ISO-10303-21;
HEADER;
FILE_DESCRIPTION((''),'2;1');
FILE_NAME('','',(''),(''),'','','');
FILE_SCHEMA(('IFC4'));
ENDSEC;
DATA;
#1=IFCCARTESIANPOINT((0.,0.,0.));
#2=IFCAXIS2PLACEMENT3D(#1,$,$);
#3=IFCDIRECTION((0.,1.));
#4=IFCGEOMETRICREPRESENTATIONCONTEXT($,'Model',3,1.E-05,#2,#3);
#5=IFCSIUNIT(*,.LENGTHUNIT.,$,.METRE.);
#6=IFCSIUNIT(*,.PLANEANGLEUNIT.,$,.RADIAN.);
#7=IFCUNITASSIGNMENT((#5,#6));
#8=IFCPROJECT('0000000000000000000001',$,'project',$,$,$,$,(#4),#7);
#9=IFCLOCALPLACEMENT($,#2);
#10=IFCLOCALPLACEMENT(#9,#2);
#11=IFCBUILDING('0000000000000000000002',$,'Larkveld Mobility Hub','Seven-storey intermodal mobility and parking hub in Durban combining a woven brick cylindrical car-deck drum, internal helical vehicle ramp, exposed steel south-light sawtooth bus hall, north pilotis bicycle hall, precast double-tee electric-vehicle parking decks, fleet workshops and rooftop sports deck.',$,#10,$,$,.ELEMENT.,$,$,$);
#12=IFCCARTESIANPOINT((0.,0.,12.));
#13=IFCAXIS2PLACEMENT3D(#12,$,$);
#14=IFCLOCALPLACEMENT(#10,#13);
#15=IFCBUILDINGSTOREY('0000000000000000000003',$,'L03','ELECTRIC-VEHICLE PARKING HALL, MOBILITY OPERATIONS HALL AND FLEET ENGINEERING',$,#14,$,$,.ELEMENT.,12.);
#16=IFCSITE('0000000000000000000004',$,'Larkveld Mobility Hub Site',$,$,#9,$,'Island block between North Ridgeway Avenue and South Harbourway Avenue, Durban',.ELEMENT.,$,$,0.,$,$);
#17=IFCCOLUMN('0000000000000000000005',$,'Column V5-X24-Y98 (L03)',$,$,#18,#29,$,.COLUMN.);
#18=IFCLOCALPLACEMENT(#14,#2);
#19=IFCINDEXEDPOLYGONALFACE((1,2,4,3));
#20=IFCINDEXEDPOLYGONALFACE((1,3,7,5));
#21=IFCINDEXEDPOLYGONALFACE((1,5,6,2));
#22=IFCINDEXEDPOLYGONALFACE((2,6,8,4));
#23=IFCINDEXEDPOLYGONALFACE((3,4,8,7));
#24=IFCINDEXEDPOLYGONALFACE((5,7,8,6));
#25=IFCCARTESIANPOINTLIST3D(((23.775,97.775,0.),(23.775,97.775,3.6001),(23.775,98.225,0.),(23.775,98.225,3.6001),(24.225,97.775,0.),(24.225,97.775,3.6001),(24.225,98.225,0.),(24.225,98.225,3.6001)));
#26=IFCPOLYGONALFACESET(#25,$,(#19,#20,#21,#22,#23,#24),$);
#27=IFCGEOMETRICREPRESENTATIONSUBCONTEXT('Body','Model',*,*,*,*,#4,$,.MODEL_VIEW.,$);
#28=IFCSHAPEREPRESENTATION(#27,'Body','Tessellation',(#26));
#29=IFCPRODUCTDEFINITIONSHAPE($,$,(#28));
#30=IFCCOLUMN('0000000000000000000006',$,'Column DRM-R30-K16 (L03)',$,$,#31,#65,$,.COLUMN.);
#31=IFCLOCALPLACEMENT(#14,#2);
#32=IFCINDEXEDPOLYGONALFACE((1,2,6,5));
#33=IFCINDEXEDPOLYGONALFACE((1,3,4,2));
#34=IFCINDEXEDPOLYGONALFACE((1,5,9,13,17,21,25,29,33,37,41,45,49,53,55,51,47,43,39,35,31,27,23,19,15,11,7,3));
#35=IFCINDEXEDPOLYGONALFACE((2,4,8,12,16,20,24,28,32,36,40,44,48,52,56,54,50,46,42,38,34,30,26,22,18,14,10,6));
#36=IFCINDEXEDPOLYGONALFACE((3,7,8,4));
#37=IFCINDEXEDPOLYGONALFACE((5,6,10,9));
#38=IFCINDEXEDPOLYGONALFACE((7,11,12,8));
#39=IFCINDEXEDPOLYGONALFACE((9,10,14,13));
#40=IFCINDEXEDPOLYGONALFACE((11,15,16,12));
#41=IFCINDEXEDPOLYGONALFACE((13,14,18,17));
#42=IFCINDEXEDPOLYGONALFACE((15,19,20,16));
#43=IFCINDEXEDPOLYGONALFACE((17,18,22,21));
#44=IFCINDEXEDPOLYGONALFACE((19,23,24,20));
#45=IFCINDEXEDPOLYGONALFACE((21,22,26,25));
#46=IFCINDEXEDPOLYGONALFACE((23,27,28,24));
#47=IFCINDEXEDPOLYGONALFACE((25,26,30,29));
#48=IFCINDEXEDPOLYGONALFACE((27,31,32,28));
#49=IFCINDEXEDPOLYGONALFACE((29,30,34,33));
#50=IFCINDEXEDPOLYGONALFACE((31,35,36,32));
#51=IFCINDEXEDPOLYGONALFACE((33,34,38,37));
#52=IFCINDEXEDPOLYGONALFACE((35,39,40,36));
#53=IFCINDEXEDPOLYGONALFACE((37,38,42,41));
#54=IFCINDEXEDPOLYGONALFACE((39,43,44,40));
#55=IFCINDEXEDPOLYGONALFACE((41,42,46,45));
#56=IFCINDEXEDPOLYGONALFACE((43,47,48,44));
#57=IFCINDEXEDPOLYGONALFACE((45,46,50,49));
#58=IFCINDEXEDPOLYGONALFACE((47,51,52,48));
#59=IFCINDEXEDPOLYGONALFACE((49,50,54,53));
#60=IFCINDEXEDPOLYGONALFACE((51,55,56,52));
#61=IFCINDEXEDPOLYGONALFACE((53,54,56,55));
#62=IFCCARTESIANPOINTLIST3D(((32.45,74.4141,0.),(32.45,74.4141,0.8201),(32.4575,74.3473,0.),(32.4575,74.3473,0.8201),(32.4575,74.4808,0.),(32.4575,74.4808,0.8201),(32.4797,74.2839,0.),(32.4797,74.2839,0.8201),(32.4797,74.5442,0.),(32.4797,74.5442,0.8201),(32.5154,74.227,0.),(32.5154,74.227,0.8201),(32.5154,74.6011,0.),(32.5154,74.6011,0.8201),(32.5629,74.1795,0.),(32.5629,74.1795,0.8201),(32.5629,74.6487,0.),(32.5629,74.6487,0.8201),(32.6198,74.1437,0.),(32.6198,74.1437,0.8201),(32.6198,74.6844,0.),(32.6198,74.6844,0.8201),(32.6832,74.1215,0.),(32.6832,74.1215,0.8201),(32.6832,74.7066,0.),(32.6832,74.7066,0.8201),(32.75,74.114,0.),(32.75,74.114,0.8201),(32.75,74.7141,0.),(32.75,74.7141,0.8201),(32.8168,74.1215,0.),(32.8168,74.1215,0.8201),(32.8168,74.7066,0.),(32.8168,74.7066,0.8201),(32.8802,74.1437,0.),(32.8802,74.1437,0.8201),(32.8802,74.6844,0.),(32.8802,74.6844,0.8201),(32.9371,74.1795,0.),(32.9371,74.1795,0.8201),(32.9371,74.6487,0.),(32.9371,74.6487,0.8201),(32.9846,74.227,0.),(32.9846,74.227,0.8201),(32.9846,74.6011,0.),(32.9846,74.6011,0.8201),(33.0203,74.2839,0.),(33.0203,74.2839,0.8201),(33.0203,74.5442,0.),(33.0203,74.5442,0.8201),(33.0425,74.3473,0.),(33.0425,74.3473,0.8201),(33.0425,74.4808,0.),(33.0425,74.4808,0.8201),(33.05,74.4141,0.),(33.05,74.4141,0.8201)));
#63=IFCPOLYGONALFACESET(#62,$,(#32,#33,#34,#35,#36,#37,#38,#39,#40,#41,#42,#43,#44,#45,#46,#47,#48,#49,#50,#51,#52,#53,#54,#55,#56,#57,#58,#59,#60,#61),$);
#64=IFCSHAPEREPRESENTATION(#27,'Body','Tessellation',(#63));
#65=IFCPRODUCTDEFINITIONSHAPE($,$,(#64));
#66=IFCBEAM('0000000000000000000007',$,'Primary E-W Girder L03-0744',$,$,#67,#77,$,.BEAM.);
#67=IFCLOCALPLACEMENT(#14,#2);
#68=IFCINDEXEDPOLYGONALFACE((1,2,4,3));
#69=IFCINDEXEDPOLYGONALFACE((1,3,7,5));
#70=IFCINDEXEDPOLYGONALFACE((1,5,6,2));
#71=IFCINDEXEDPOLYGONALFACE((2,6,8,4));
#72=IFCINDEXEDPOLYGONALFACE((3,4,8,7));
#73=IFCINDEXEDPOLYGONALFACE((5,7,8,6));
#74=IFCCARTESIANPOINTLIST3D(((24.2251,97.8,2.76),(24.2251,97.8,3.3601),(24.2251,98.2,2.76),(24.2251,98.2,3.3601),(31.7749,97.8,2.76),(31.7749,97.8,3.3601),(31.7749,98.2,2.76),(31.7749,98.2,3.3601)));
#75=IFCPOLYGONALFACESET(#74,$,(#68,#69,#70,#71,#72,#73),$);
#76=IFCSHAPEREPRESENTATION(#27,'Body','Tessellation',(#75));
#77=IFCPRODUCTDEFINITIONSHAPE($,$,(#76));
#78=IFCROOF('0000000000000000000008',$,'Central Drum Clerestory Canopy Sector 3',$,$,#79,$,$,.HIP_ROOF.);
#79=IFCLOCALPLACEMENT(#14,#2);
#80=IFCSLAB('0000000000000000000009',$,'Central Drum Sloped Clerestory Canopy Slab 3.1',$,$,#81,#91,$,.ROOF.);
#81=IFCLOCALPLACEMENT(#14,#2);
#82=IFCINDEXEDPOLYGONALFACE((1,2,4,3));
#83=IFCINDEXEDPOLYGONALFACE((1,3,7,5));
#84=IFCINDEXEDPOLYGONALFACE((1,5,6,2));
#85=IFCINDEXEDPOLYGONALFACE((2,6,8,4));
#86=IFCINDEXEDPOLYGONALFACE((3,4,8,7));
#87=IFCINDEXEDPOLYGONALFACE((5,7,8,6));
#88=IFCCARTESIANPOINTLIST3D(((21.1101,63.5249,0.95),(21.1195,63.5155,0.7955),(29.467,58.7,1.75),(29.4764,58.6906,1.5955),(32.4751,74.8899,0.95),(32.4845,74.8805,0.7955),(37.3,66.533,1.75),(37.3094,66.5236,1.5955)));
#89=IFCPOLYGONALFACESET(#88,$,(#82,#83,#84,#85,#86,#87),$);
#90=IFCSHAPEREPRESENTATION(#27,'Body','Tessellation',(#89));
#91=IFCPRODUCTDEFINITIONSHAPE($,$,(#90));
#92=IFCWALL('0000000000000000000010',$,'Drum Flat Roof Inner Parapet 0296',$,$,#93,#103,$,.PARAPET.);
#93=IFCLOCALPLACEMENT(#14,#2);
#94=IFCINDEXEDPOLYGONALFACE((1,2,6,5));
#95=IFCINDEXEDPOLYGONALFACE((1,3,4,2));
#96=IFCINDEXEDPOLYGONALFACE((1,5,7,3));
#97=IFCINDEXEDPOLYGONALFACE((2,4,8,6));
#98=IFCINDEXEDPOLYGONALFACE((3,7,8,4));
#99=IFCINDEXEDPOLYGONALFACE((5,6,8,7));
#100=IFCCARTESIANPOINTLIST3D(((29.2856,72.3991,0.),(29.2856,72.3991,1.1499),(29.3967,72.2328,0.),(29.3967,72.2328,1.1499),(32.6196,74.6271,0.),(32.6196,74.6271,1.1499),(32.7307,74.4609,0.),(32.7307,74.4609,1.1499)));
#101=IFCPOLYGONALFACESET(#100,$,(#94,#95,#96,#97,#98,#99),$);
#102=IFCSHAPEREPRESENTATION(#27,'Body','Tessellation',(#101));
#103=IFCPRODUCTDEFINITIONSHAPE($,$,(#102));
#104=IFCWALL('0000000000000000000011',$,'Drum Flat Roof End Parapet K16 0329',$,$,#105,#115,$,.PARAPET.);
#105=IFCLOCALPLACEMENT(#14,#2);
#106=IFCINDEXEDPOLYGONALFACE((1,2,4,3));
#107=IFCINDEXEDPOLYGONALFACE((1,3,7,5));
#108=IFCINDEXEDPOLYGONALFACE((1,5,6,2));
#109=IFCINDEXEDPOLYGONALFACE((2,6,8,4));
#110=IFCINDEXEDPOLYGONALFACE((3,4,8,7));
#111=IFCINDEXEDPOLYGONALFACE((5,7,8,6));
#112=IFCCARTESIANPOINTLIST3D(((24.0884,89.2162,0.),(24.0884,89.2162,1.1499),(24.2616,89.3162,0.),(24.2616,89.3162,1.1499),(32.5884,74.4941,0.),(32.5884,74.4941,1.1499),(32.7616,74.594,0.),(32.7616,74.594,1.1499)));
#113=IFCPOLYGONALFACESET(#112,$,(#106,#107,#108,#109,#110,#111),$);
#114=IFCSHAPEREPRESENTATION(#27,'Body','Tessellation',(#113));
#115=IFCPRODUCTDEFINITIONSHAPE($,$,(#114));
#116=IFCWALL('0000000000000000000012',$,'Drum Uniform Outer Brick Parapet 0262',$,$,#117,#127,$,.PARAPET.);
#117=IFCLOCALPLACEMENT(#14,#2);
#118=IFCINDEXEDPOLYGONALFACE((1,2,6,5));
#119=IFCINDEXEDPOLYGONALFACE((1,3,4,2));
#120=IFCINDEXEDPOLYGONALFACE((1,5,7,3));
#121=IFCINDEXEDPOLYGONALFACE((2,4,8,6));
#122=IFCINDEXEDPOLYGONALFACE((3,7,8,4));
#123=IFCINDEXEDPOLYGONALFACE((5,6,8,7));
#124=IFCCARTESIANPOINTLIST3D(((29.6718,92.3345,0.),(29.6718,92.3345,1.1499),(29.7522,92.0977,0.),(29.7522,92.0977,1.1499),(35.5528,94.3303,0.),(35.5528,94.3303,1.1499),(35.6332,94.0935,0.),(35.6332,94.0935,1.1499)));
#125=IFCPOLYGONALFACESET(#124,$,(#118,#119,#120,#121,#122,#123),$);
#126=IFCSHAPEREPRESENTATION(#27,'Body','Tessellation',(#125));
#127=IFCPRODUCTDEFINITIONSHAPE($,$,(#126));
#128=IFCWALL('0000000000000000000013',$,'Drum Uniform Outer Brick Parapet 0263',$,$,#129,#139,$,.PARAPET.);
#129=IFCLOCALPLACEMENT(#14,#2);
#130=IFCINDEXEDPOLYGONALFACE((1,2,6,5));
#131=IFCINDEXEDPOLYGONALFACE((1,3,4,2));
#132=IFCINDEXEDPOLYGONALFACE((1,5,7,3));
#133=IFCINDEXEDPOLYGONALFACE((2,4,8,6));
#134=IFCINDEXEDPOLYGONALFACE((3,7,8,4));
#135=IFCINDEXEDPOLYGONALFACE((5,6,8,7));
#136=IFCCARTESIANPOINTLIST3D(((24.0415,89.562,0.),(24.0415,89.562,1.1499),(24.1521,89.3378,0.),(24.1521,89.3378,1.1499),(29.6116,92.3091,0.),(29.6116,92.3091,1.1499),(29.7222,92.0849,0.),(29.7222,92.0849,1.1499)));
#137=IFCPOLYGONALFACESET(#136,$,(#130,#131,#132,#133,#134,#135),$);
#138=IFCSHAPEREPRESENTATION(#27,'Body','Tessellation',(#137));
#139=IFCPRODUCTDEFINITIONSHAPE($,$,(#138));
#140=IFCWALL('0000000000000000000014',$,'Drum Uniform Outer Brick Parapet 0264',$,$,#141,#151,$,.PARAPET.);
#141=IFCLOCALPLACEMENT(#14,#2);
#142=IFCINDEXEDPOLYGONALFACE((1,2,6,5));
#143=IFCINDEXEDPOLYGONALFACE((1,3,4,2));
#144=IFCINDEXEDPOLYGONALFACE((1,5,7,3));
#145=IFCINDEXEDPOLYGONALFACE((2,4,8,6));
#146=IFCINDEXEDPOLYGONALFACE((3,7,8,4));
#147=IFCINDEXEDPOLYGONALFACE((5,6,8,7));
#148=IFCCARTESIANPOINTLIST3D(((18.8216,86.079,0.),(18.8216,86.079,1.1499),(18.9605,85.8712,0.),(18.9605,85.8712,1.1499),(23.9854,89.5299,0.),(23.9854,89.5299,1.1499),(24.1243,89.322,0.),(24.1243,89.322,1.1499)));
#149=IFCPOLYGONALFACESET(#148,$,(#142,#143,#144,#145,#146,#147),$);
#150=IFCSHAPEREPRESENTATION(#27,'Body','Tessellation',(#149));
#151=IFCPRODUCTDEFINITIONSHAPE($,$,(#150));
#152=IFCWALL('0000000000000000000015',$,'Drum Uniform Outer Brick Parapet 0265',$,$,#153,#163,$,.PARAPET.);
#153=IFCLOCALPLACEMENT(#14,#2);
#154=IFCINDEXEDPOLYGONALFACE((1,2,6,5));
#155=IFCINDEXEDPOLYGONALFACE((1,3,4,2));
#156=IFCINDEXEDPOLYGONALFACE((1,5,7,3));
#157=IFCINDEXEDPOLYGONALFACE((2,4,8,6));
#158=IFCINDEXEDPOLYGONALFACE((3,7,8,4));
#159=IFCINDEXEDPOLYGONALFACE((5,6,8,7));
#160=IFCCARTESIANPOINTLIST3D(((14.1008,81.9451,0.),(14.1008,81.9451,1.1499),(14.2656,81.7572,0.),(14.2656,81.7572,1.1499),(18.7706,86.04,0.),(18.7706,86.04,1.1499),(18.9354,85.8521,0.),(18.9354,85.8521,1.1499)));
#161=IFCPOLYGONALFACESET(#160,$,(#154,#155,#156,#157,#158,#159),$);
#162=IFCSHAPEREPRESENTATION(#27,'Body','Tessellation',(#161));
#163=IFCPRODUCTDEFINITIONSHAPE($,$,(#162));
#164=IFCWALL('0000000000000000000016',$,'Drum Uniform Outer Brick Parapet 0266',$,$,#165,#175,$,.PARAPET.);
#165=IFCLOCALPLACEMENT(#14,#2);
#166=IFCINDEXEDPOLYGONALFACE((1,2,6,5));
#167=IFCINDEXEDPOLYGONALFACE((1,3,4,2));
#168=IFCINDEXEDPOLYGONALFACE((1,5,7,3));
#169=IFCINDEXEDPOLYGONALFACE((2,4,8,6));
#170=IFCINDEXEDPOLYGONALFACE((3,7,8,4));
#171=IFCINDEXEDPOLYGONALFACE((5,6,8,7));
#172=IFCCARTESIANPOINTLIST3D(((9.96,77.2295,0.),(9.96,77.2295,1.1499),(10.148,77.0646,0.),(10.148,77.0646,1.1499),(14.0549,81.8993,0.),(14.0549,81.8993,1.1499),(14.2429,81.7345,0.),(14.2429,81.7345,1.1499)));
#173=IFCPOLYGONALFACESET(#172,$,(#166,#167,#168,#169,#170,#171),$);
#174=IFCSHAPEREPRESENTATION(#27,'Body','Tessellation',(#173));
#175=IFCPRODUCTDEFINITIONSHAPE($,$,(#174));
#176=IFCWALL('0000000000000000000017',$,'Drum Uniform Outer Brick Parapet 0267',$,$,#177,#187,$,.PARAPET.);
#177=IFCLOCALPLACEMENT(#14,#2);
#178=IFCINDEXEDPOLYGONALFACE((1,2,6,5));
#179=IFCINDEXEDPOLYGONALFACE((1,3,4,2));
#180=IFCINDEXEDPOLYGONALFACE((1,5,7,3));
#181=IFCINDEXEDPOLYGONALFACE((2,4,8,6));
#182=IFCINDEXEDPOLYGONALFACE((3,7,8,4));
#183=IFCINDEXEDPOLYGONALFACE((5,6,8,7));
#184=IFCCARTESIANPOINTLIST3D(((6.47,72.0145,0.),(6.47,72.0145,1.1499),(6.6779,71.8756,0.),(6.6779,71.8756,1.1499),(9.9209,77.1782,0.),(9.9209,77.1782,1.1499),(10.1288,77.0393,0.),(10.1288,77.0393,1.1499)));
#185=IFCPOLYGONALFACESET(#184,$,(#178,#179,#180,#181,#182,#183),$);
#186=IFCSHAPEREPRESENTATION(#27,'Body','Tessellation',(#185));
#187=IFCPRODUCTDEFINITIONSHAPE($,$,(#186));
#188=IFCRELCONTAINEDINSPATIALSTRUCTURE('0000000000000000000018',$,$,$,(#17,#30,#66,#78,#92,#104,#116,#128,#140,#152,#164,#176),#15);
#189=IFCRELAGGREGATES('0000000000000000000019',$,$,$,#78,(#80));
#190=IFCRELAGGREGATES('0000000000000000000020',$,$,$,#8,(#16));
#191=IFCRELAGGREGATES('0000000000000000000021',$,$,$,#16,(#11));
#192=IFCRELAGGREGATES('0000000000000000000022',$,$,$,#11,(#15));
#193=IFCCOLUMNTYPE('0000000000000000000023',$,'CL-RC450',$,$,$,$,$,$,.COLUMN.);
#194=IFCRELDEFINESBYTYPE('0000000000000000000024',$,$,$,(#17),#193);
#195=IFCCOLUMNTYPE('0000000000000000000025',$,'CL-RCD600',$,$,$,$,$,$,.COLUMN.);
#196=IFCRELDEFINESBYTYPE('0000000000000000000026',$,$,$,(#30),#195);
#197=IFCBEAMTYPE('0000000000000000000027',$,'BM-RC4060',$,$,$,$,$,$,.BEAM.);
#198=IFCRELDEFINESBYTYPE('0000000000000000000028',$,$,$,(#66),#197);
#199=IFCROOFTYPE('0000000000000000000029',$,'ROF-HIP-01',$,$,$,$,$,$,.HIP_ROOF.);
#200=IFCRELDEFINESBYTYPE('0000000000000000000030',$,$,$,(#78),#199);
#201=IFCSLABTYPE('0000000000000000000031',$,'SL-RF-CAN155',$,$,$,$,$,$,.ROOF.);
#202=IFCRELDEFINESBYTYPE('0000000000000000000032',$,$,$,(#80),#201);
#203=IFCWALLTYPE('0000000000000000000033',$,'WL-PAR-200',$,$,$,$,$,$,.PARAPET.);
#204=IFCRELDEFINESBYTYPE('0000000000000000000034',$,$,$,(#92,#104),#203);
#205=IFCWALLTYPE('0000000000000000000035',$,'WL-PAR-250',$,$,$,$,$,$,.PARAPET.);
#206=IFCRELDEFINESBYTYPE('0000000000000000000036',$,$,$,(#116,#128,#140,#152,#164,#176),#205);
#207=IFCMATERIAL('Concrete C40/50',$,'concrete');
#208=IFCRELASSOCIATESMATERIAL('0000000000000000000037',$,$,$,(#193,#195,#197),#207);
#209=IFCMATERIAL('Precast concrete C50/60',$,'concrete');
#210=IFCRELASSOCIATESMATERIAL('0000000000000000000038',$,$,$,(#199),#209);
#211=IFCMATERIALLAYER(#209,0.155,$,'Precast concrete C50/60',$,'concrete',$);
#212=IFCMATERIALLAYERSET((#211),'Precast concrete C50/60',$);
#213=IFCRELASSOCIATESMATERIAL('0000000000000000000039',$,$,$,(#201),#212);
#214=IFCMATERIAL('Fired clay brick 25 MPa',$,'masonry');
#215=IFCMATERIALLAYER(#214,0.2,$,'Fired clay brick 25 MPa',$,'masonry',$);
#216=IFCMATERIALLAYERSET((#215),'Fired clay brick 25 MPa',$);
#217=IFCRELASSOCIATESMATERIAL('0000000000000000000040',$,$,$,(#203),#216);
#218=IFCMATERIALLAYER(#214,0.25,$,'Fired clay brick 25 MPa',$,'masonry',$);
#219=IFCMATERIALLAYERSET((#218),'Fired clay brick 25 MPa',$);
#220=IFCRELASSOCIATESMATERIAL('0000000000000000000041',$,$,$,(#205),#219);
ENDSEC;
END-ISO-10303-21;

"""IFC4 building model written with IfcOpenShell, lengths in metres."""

from ifc_helpers import new_model, si_unit, direction, frame, frame_2d, origin, origin_2d, place, context, subcontext, project, spatial, polyline, rectangle, circle, outline, extrude, material, layer, layer_set, material_profile, profile_set, type_object, element, aggregate, save


model = new_model("IFC4")

# Units and contexts
model_context = context("Model", 3, precision=1e-05, world=origin(), true_north=direction((0.0, 1.0)))
body_context = subcontext(model_context, "Body", "Model", "MODEL_VIEW")
ifc_project = project(units=[si_unit("LENGTHUNIT", "METRE"), si_unit("PLANEANGLEUNIT", "RADIAN")], contexts=[model_context])

# Site, building, storey
site_placement = place(None, origin())
site = spatial("IfcSite", under=ifc_project, at=site_placement, Name="Larkveld Mobility Hub Site", LongName="Island block between North Ridgeway Avenue and South Harbourway Avenue, Durban", CompositionType="ELEMENT", RefElevation=0.0)
building_placement = place(site_placement, origin())
building = spatial("IfcBuilding", under=site, at=building_placement, Name="Larkveld Mobility Hub", Description="Seven-storey intermodal mobility and parking hub in Durban combining a woven brick cylindrical car-deck drum, internal helical vehicle ramp, exposed steel south-light sawtooth bus hall, north pilotis bicycle hall, precast double-tee electric-vehicle parking decks, fleet workshops and rooftop sports deck.", CompositionType="ELEMENT")
storey_placement = place(building_placement, frame((0.0, 0.0, 12.0)))
storey = spatial("IfcBuildingStorey", under=building, at=storey_placement, Name="L03", Description="ELECTRIC-VEHICLE PARKING HALL, MOBILITY OPERATIONS HALL AND FLEET ENGINEERING", CompositionType="ELEMENT", Elevation=12.0)

# Columns
ifc_material_1 = material(Name="Concrete C40/50", Category="concrete")
ifc_material_profile_1 = material_profile(ifc_material_1, rectangle(XDim=0.45, YDim=0.45, at=origin_2d()), Name="RC COL 450x450")
ifc_profile_set_1 = profile_set([ifc_material_profile_1], Name="Concrete C40/50")
column_type_1 = type_object("IfcColumnType", Name="CL-RC450", PredefinedType="COLUMN", material=ifc_profile_set_1)
column_1_placement = place(storey_placement, frame((24.0, 98.0, 0.0), z_axis=(0.0, 0.0, 1.0), x_axis=(1.0, 0.0, 0.0)))
element("IfcColumn", 1, at=column_1_placement, inside=storey, type_object=column_type_1, Name="Column V5-X24-Y98 (L03)", PredefinedType="COLUMN", context=body_context, shape_type="SweptSolid", body=[
    extrude(rectangle(XDim=0.45, YDim=0.45, at=origin_2d()), origin(), (0.0, 0.0, 1.0), 3.6001),
])
ifc_material_profile_2 = material_profile(ifc_material_1, circle(Radius=0.3, at=origin_2d()), Name="RC COL D600")
ifc_profile_set_2 = profile_set([ifc_material_profile_2], Name="Concrete C40/50")
column_type_2 = type_object("IfcColumnType", Name="CL-RCD600", PredefinedType="COLUMN", material=ifc_profile_set_2)
column_2_placement = place(storey_placement, frame((32.75, 74.4141, 0.0), z_axis=(0.0, 0.0, 1.0), x_axis=(1.0, 0.0, 0.0)))
element("IfcColumn", 2, at=column_2_placement, inside=storey, type_object=column_type_2, Name="Column DRM-R30-K16 (L03)", PredefinedType="COLUMN", context=body_context, shape_type="SweptSolid", body=[
    extrude(circle(Radius=0.3, at=origin_2d()), origin(), (0.0, 0.0, 1.0), 0.8201),
])

# Beam
ifc_material_profile_3 = material_profile(ifc_material_1, rectangle(XDim=0.3999, YDim=0.6001, at=origin_2d()), Name="RC BM 400x600")
ifc_profile_set_3 = profile_set([ifc_material_profile_3], Name="Concrete C40/50")
beam_type = type_object("IfcBeamType", Name="BM-RC4060", PredefinedType="BEAM", material=ifc_profile_set_3)
beam_placement = place(storey_placement, frame((24.2251, 98.0, 3.0601), z_axis=(1.0, 0.0, 0.0), x_axis=(0.0, 1.0, 0.0)))
element("IfcBeam", 3, at=beam_placement, inside=storey, type_object=beam_type, Name="Primary E-W Girder L03-0744", PredefinedType="BEAM", context=body_context, shape_type="SweptSolid", body=[
    extrude(rectangle(XDim=0.3999, YDim=0.6001, at=origin_2d()), origin(), (0.0, 0.0, 1.0), 7.5498),
])

# Roof, slab
ifc_material_2 = material(Name="Precast concrete C50/60", Category="concrete")
roof_type = type_object("IfcRoofType", Name="ROF-HIP-01", PredefinedType="HIP_ROOF", material=ifc_material_2)
roof_placement = place(storey_placement, origin())
roof = element("IfcRoof", 4, at=roof_placement, inside=storey, type_object=roof_type, Name="Central Drum Clerestory Canopy Sector 3", PredefinedType="HIP_ROOF")
ifc_layer_1 = layer(ifc_material_2, 0.155, Name="Precast concrete C50/60", Category="concrete")
ifc_layer_set_1 = layer_set([ifc_layer_1], Name="Precast concrete C50/60")
slab_type = type_object("IfcSlabType", Name="SL-RF-CAN155", PredefinedType="ROOF", material=ifc_layer_set_1)
slab_placement = place(storey_placement, frame((32.4751, 74.8899, 0.95), z_axis=(-0.060471, 0.060471, 0.996337), x_axis=(-0.707107, -0.707107, 0.0)))
slab = element("IfcSlab", 5, at=slab_placement, type_object=slab_type, Name="Central Drum Sloped Clerestory Canopy Slab 3.1", PredefinedType="ROOF", context=body_context, shape_type="SweptSolid", body=[
    extrude(outline(polyline([(0.0, 0.0), (16.0725, 0.0), (13.575, 9.3553), (2.4975, 9.3553), (0.0, 0.0)])), origin(), (0.0, 0.0, -1.0), 0.155),
])
aggregate(roof, [slab])

# Walls
ifc_material_3 = material(Name="Fired clay brick 25 MPa", Category="masonry")
ifc_layer_2 = layer(ifc_material_3, 0.2, Name="Fired clay brick 25 MPa", Category="masonry")
ifc_layer_set_2 = layer_set([ifc_layer_2], Name="Fired clay brick 25 MPa")
wall_type_1 = type_object("IfcWallType", Name="WL-PAR-200", PredefinedType="PARAPET", material=ifc_layer_set_2)
wall_1_placement = place(storey_placement, frame((32.675, 74.5439, 0.0), z_axis=(0.0, 0.0, 1.0), x_axis=(-0.831432, -0.555627, 0.0)))
element("IfcWall", 6, at=wall_1_placement, inside=storey, type_object=wall_type_1, Name="Drum Flat Roof Inner Parapet 0296", PredefinedType="PARAPET", context=body_context, shape_type="SweptSolid", body=[
    extrude(rectangle(XDim=4.01, YDim=0.2, at=frame_2d((2.0049, 0.0))), origin(), (0.0, 0.0, 1.0), 1.1499),
])
wall_2_placement = place(storey_placement, frame((32.675, 74.5439, 0.0), z_axis=(0.0, 0.0, 1.0), x_axis=(-0.500007, 0.866022, 0.0)))
element("IfcWall", 7, at=wall_2_placement, inside=storey, type_object=wall_type_1, Name="Drum Flat Roof End Parapet K16 0329", PredefinedType="PARAPET", context=body_context, shape_type="SweptSolid", body=[
    extrude(rectangle(XDim=16.9998, YDim=0.2, at=frame_2d((8.5, 0.0))), origin(), (0.0, 0.0, 1.0), 1.1499),
])
ifc_layer_3 = layer(ifc_material_3, 0.25, Name="Fired clay brick 25 MPa", Category="masonry")
ifc_layer_set_3 = layer_set([ifc_layer_3], Name="Fired clay brick 25 MPa")
wall_type_2 = type_object("IfcWallType", Name="WL-PAR-250", PredefinedType="PARAPET", material=ifc_layer_set_3)
wall_3_placement = place(storey_placement, frame((35.593, 94.2119, 0.0), z_axis=(0.0, 0.0, 1.0), x_axis=(-0.946955, -0.321365, 0.0)))
element("IfcWall", 8, at=wall_3_placement, inside=storey, type_object=wall_type_2, Name="Drum Uniform Outer Brick Parapet 0262", PredefinedType="PARAPET", context=body_context, shape_type="SweptSolid", body=[
    extrude(rectangle(XDim=6.2104, YDim=0.25, at=frame_2d((3.1052, 0.0))), origin(), (0.0, 0.0, 1.0), 1.1499),
])
for number, where, z_axis, x_axis, name in (
    (9, (29.667, 92.197, 0.0), (0.0, 0.0, 1.0), (-0.896859, -0.442317, 0.0), "Drum Uniform Outer Brick Parapet 0263"),
    (10, (24.0549, 89.426, 0.0), (0.0, 0.0, 1.0), (-0.831427, -0.555634, 0.0), "Drum Uniform Outer Brick Parapet 0264"),
):
    element("IfcWall", number, at=place(storey_placement, frame(where, z_axis=z_axis, x_axis=x_axis)), inside=storey, type_object=wall_type_2, Name=name, PredefinedType="PARAPET", context=body_context, shape_type="SweptSolid", body=[
        extrude(rectangle(XDim=6.2107, YDim=0.25, at=frame_2d((3.1055, 0.0))), origin(), (0.0, 0.0, 1.0), 1.1499),
    ])
for number, where, z_axis, x_axis, name in (
    (11, (18.853, 85.946, 0.0), (0.0, 0.0, 1.0), (-0.751875, -0.659306, 0.0), "Drum Uniform Outer Brick Parapet 0265"),
    (12, (14.1489, 81.8169, 0.0), (0.0, 0.0, 1.0), (-0.659306, -0.751875, 0.0), "Drum Uniform Outer Brick Parapet 0266"),
):
    element("IfcWall", number, at=place(storey_placement, frame(where, z_axis=z_axis, x_axis=x_axis)), inside=storey, type_object=wall_type_2, Name=name, PredefinedType="PARAPET", context=body_context, shape_type="SweptSolid", body=[
        extrude(rectangle(XDim=6.2109, YDim=0.25, at=frame_2d((3.1055, 0.0))), origin(), (0.0, 0.0, 1.0), 1.1499),
    ])
wall_4_placement = place(storey_placement, frame((10.0249, 77.1089, 0.0), z_axis=(0.0, 0.0, 1.0), x_axis=(-0.555634, -0.831427, 0.0)))
element("IfcWall", 13, at=wall_4_placement, inside=storey, type_object=wall_type_2, Name="Drum Uniform Outer Brick Parapet 0267", PredefinedType="PARAPET", context=body_context, shape_type="SweptSolid", body=[
    extrude(rectangle(XDim=6.2107, YDim=0.25, at=frame_2d((3.1055, 0.0))), origin(), (0.0, 0.0, 1.0), 1.1499),
])

save(model, "model.ifc")
